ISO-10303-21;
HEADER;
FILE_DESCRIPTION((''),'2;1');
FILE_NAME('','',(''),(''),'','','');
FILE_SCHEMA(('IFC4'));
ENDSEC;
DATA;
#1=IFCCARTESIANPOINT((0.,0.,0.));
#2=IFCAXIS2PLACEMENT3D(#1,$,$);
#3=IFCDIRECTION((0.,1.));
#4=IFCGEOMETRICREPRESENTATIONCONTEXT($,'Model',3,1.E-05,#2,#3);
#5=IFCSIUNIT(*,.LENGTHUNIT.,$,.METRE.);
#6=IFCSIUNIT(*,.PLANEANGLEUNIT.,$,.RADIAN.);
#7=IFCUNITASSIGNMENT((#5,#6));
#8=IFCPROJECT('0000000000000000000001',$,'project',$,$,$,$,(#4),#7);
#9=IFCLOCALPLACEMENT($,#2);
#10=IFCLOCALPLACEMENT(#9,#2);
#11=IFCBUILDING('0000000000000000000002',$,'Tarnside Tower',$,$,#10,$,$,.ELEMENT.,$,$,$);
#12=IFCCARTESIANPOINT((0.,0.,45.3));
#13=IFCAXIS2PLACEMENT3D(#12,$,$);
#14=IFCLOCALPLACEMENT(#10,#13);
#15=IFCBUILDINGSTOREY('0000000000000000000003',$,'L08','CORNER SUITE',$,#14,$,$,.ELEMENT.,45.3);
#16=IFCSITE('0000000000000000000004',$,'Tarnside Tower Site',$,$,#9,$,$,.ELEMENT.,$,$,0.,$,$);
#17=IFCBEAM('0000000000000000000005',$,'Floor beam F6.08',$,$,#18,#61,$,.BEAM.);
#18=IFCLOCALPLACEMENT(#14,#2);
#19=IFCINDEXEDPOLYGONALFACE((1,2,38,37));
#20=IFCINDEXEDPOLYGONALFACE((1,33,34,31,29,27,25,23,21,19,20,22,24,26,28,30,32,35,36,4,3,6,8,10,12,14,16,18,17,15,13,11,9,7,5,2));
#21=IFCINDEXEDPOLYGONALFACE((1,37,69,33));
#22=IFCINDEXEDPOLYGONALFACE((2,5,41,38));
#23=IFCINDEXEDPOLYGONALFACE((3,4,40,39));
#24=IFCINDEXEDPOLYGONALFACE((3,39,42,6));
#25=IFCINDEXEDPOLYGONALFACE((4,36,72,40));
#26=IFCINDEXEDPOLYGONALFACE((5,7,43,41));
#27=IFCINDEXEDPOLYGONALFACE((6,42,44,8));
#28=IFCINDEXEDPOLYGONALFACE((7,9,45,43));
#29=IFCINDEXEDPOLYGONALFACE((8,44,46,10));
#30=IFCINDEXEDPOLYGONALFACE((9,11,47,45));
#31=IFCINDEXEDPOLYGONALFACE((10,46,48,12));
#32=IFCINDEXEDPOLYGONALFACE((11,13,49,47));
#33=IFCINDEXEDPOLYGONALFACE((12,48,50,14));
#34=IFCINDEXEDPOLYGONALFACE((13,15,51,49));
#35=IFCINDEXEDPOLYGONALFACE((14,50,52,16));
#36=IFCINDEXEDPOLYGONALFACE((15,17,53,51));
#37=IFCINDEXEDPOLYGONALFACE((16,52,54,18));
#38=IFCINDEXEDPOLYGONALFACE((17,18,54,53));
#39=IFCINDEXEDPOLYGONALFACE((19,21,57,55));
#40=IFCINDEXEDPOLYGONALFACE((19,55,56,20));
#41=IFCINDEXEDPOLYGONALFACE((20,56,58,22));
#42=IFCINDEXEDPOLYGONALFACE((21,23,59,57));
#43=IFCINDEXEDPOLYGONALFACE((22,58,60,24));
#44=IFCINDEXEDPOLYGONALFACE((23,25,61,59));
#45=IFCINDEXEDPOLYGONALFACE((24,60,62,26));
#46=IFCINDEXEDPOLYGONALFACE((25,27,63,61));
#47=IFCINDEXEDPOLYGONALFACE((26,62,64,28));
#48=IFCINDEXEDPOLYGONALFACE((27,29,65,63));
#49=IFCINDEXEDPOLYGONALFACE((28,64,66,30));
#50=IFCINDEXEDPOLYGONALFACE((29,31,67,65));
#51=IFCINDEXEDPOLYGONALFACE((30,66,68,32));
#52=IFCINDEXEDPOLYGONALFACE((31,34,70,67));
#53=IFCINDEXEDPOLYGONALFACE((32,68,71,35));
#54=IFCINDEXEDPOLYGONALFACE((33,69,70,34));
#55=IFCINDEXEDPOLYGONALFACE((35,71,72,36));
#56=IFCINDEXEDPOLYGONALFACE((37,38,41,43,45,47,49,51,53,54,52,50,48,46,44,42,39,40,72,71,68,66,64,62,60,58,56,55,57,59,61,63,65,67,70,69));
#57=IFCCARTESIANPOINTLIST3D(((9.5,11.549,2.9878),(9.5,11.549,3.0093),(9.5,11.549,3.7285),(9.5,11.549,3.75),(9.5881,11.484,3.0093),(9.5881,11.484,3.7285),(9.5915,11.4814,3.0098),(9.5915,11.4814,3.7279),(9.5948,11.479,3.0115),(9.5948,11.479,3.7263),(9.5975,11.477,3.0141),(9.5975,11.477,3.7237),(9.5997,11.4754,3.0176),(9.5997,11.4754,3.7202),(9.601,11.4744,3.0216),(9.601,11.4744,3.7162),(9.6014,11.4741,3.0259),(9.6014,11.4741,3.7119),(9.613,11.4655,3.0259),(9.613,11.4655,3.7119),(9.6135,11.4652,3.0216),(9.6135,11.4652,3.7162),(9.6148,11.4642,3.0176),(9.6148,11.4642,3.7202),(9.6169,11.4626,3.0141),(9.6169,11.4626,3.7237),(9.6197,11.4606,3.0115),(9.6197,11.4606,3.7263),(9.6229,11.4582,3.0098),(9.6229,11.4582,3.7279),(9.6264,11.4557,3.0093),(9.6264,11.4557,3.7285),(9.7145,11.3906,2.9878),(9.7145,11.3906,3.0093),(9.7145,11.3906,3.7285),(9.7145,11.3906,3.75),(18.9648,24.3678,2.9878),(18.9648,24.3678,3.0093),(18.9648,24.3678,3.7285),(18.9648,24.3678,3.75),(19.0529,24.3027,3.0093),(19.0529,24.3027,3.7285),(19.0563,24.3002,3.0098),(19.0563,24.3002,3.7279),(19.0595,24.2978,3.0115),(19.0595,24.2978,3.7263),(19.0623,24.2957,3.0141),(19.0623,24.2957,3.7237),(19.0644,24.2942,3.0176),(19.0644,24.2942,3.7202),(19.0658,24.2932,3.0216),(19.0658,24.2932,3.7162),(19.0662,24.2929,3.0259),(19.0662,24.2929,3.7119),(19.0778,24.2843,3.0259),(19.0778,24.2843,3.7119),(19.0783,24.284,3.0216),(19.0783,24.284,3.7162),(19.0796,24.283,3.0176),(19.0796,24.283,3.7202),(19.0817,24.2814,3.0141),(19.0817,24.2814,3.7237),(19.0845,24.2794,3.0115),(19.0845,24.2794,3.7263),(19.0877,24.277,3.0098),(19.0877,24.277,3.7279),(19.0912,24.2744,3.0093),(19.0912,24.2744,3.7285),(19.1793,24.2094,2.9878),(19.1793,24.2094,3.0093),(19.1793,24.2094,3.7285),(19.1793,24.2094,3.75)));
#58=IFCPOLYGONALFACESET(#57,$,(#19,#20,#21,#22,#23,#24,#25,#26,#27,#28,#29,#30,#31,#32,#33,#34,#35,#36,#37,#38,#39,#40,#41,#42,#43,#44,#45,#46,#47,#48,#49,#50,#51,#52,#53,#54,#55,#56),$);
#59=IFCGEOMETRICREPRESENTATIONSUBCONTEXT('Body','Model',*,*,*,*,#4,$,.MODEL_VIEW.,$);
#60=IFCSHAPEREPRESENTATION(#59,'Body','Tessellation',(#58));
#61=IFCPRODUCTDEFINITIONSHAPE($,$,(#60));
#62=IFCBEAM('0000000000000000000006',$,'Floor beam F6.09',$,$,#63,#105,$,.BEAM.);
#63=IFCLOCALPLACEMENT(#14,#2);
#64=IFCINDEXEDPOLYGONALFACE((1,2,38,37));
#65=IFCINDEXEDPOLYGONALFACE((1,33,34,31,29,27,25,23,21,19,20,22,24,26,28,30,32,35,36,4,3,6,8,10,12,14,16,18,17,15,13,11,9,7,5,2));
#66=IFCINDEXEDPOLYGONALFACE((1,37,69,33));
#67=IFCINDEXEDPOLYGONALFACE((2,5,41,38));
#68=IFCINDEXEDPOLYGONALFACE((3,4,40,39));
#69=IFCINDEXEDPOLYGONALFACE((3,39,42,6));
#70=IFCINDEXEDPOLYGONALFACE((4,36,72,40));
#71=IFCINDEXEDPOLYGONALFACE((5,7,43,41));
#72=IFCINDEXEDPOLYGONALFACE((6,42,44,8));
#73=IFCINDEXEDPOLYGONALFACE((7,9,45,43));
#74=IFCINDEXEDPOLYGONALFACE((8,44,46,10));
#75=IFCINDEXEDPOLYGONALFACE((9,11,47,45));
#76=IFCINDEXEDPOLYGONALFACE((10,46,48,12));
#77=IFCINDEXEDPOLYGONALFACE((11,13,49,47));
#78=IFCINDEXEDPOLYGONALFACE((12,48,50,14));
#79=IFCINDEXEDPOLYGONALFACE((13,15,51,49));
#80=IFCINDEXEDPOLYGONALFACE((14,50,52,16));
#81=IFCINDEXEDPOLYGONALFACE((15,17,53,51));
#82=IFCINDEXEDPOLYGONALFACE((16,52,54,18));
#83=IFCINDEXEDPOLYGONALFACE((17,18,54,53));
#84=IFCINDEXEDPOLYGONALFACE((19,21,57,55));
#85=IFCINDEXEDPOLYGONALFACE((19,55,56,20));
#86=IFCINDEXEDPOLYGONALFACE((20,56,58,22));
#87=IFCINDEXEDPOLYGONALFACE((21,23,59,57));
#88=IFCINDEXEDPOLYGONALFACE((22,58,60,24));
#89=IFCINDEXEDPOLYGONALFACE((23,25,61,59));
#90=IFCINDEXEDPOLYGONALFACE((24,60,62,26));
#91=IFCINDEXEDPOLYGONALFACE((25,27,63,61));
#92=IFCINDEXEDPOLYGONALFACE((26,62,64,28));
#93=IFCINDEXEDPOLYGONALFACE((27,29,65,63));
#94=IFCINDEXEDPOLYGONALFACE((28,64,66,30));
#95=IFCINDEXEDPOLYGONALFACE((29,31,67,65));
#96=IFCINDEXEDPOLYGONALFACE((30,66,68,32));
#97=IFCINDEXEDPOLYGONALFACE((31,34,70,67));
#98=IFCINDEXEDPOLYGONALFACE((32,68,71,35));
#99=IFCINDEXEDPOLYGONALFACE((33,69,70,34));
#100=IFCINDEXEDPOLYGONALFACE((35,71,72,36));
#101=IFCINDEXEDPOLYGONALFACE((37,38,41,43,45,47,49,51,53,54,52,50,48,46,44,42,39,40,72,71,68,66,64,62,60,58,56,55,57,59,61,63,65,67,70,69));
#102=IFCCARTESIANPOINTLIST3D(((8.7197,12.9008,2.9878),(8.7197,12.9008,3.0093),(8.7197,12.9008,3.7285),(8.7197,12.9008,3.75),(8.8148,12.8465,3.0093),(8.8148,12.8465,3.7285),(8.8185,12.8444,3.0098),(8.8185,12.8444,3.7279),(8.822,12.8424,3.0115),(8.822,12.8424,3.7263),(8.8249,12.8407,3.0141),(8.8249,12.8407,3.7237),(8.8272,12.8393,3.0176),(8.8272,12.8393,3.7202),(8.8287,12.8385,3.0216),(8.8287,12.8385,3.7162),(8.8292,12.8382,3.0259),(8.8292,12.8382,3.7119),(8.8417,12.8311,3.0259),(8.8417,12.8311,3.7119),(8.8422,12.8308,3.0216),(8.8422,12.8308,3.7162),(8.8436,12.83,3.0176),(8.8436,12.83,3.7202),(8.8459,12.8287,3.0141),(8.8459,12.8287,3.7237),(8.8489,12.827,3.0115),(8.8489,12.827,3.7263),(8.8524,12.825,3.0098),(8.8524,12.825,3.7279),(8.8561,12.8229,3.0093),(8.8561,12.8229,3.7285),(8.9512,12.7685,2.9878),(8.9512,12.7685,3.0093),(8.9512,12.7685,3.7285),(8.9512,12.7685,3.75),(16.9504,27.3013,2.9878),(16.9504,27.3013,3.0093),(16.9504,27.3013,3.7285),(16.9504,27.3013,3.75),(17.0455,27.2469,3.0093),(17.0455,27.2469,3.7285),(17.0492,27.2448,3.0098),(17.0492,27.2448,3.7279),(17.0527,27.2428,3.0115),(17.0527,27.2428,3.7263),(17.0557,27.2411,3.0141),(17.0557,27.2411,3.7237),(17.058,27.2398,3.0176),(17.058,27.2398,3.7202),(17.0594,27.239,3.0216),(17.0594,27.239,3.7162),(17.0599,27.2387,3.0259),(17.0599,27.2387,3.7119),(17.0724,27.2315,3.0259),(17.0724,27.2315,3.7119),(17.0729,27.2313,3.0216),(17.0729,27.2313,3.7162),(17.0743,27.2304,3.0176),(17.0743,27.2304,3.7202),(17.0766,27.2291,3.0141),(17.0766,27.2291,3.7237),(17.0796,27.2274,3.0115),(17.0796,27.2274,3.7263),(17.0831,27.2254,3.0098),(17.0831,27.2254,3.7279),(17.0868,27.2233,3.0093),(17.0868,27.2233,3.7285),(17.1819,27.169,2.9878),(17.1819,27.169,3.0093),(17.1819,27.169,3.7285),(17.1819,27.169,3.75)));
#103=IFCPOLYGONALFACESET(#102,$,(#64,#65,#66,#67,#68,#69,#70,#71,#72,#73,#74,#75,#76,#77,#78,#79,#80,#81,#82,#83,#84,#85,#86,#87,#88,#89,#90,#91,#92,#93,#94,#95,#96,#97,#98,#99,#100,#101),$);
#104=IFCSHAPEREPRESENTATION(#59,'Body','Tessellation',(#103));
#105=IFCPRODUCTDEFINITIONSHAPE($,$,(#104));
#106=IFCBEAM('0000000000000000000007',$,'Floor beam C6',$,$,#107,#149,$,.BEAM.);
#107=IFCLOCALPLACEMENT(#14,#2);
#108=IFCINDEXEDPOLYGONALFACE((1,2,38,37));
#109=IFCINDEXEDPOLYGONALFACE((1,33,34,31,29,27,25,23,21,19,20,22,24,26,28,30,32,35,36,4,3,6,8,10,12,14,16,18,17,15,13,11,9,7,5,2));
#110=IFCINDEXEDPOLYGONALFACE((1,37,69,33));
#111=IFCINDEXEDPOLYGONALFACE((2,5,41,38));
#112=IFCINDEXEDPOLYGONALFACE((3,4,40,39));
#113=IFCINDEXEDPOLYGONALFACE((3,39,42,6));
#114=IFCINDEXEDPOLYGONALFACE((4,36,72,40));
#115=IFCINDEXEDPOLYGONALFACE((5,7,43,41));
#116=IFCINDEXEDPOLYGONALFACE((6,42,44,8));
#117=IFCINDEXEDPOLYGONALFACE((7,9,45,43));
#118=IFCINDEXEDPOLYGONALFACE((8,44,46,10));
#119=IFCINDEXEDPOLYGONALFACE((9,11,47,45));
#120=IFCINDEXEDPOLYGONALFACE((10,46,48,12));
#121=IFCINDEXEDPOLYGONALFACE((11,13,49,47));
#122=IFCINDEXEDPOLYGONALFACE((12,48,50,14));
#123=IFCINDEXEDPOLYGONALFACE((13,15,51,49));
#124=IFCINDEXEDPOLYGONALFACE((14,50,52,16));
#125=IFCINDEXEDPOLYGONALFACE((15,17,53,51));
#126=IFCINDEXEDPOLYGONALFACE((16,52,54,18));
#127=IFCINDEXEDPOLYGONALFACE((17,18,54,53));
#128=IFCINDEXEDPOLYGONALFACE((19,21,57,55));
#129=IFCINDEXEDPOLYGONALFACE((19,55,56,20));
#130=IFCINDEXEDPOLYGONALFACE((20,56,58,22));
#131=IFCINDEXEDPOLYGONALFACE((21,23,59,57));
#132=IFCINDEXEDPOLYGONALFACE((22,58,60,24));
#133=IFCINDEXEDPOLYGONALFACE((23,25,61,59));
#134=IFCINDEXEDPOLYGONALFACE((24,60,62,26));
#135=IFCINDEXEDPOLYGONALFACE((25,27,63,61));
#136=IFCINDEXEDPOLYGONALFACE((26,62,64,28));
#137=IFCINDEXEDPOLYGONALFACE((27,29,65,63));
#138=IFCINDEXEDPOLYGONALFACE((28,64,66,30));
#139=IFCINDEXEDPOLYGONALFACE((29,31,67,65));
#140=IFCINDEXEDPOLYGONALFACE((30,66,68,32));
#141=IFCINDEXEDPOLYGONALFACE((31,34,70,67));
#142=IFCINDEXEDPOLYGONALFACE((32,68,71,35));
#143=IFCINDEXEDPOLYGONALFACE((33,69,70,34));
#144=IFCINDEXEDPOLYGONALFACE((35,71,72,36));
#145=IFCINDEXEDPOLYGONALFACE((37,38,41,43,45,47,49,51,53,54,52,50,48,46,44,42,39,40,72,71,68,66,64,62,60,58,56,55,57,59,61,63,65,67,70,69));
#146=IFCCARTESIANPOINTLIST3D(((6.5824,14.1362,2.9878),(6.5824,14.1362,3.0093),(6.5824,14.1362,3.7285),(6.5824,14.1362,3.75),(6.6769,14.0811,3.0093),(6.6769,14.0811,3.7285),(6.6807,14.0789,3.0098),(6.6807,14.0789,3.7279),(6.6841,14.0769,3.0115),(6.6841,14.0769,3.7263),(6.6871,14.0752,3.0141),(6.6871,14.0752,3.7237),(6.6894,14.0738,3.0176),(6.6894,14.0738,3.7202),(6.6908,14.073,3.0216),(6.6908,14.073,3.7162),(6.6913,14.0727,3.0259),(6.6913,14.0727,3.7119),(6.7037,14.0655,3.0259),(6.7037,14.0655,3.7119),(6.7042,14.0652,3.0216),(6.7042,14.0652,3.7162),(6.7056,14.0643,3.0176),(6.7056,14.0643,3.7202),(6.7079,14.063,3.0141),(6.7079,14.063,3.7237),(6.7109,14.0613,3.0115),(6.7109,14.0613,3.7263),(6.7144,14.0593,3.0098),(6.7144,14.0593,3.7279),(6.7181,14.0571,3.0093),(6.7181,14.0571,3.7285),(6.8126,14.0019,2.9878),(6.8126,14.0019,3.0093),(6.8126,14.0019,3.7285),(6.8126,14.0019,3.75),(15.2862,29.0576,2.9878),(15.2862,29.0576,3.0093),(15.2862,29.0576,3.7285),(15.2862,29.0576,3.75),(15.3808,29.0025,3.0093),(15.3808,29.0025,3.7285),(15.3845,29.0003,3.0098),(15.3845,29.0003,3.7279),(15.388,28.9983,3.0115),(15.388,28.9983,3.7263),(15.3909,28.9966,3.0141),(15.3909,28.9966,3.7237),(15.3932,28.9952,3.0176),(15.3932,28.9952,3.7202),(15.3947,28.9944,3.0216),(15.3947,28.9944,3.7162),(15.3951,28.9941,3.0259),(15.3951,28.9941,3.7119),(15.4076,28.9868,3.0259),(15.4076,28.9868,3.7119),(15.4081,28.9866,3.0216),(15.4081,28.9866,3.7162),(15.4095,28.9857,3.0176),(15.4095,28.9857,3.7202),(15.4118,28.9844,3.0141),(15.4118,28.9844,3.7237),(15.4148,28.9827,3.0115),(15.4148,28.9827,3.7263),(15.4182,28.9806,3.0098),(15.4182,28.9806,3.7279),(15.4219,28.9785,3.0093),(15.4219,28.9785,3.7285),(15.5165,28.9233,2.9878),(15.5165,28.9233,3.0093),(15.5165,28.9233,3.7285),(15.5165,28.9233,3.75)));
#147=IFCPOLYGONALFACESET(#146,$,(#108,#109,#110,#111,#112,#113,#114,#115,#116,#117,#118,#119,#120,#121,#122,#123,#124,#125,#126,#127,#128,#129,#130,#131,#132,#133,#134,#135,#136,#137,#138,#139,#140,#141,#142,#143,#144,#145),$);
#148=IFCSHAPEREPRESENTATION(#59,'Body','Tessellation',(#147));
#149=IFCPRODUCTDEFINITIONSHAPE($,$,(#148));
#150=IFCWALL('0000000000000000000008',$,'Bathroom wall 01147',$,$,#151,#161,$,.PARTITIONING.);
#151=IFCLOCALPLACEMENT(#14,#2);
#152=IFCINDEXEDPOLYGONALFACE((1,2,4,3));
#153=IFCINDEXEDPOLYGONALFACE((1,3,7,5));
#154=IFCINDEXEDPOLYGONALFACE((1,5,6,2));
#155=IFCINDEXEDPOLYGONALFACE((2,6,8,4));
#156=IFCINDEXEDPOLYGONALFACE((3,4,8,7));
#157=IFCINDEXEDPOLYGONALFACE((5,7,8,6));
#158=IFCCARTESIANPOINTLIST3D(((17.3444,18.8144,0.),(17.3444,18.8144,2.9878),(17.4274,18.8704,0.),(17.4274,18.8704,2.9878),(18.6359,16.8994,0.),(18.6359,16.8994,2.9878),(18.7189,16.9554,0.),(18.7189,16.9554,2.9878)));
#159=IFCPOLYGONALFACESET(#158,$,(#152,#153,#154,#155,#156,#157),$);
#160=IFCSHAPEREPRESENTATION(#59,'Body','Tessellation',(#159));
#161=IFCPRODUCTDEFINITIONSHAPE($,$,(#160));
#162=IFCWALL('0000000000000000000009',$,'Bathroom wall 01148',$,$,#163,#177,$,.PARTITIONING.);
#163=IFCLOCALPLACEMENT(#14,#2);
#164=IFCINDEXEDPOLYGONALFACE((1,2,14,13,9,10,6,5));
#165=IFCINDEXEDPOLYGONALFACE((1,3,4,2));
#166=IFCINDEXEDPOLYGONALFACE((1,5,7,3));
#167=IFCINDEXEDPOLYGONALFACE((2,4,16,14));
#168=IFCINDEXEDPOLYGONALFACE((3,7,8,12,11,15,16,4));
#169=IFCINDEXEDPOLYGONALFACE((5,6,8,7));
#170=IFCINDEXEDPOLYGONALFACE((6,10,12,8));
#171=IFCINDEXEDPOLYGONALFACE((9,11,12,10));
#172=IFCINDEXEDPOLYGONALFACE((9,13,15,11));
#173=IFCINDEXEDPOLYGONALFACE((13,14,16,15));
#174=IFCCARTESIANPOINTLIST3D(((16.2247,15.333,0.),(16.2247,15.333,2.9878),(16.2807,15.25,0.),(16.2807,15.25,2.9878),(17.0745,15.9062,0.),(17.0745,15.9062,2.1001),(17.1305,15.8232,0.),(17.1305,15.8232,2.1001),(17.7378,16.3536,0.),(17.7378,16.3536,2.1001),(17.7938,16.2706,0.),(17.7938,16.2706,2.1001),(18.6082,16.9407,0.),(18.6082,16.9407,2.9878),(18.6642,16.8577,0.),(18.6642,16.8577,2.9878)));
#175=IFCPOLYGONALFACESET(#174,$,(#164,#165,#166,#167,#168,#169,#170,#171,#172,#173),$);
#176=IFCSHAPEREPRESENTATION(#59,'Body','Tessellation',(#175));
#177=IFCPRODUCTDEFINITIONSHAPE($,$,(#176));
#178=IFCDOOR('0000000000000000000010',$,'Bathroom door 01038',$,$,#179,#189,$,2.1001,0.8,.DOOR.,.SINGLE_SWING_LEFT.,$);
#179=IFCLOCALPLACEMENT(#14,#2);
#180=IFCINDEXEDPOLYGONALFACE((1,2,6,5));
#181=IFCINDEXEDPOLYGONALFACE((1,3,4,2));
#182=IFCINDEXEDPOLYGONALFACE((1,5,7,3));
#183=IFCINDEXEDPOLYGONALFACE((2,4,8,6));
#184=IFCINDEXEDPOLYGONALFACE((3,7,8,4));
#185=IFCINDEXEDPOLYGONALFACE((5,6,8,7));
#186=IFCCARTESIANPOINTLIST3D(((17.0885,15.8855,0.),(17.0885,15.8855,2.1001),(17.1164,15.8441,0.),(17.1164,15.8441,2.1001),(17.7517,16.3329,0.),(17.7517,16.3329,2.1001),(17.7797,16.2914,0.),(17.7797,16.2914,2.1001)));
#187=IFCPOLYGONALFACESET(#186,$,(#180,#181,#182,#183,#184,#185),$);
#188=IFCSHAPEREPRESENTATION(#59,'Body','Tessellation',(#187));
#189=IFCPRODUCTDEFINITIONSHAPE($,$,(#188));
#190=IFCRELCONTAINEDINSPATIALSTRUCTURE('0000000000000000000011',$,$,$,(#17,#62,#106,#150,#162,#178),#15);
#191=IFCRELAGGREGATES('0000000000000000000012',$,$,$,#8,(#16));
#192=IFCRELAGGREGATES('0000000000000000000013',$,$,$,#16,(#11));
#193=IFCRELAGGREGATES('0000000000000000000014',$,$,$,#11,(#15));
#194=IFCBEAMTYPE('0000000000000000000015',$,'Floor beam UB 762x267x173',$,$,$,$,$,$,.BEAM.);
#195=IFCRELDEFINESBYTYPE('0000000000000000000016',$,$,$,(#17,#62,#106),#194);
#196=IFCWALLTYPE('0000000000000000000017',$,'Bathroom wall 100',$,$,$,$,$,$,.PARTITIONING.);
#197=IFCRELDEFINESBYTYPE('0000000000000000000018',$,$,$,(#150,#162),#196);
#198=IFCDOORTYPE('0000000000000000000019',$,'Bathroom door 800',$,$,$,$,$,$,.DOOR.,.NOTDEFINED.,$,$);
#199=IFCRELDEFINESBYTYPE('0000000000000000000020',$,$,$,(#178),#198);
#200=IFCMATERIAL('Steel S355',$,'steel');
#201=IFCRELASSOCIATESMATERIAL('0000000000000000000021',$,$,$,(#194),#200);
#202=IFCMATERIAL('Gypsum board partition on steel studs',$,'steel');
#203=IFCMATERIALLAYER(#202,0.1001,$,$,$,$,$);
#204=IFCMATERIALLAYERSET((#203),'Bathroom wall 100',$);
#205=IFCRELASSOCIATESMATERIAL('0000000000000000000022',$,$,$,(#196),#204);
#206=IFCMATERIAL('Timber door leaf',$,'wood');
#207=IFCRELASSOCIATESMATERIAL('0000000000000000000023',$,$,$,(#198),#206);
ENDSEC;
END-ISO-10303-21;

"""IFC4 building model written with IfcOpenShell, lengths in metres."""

from ifc_helpers import new_model, si_unit, direction, frame, frame_2d, origin, origin_2d, place, context, subcontext, project, spatial, rectangle, i_section, extrude, material, layer, layer_set, material_profile, profile_set, type_object, element, fill, save


model = new_model("IFC4")

# Units and contexts
model_context = context("Model", 3, precision=1e-05, world=origin(), true_north=direction((0.0, 1.0)))
body_context = subcontext(model_context, "Body", "Model", "MODEL_VIEW")
ifc_project = project(units=[si_unit("LENGTHUNIT", "METRE"), si_unit("PLANEANGLEUNIT", "RADIAN")], contexts=[model_context])

# Site, building, storey
site_placement = place(None, origin())
site = spatial("IfcSite", under=ifc_project, at=site_placement, Name="Tarnside Tower Site", CompositionType="ELEMENT", RefElevation=0.0)
building_placement = place(site_placement, origin())
building = spatial("IfcBuilding", under=site, at=building_placement, Name="Tarnside Tower", CompositionType="ELEMENT")
storey_placement = place(building_placement, frame((0.0, 0.0, 45.3)))
storey = spatial("IfcBuildingStorey", under=building, at=storey_placement, Name="L08", Description="CORNER SUITE", CompositionType="ELEMENT", Elevation=45.3)

# Beams
ifc_material_1 = material(Name="Steel S355", Category="steel")
ifc_material_profile_1 = material_profile(ifc_material_1, i_section(OverallWidth=0.2666, OverallDepth=0.7622, WebThickness=0.0144, FlangeThickness=0.0215, FilletRadius=0.0166, at=origin_2d()), Name="UB 762x267x173")
ifc_profile_set_1 = profile_set([ifc_material_profile_1], Name="Steel S355")
beam_type_1 = type_object("IfcBeamType", Name="Floor beam UB 762x267x173", PredefinedType="BEAM", material=ifc_profile_set_1)
beam_1_placement = place(storey_placement, frame((19.072, 24.2886, 3.3689), z_axis=(-0.593987, -0.804475, 0.0), x_axis=(0.804475, -0.593987, 0.0)))
element("IfcBeam", 1, at=beam_1_placement, inside=storey, type_object=beam_type_1, Name="Floor beam F6.08", PredefinedType="BEAM", context=body_context, shape_type="SweptSolid", body=[
    extrude(i_section(OverallWidth=0.2666, OverallDepth=0.7622, WebThickness=0.0144, FlangeThickness=0.0215, FilletRadius=0.0166, at=origin_2d()), origin(), (0.0, 0.0, 1.0), 15.9343),
])
beam_2_placement = place(storey_placement, frame((17.0662, 27.2351, 3.3689), z_axis=(-0.496226, -0.868193, 0.0), x_axis=(0.868193, -0.496226, 0.0)))
element("IfcBeam", 2, at=beam_2_placement, inside=storey, type_object=beam_type_1, Name="Floor beam F6.09", PredefinedType="BEAM", context=body_context, shape_type="SweptSolid", body=[
    extrude(i_section(OverallWidth=0.2666, OverallDepth=0.7622, WebThickness=0.0144, FlangeThickness=0.0215, FilletRadius=0.0166, at=origin_2d()), origin(), (0.0, 0.0, 1.0), 16.5867),
])
beam_3_placement = place(storey_placement, frame((15.4014, 28.9905, 3.3689), z_axis=(-0.503859, -0.863786, 0.0), x_axis=(0.863786, -0.503859, 0.0)))
element("IfcBeam", 3, at=beam_3_placement, inside=storey, type_object=beam_type_1, Name="Floor beam C6", PredefinedType="BEAM", context=body_context, shape_type="SweptSolid", body=[
    extrude(i_section(OverallWidth=0.2666, OverallDepth=0.7622, WebThickness=0.0144, FlangeThickness=0.0215, FilletRadius=0.0166, at=origin_2d()), origin(), (0.0, 0.0, 1.0), 17.2744),
])

# Wall
ifc_material_2 = material(Name="Gypsum board partition on steel studs", Category="steel")
ifc_layer_1 = layer(ifc_material_2, 0.1001)
ifc_layer_set_1 = layer_set([ifc_layer_1], Name="Bathroom wall 100")
wall_type_1 = type_object("IfcWallType", Name="Bathroom wall 100", PredefinedType="PARTITIONING", material=ifc_layer_set_1)
wall_1_placement = place(storey_placement, frame((17.386, 18.8423, 0.0), z_axis=(0.0, 0.0, 1.0), x_axis=(0.559132, -0.829079, 0.0)))
element("IfcWall", 4, at=wall_1_placement, inside=storey, type_object=wall_type_1, Name="Bathroom wall 01147", PredefinedType="PARTITIONING", context=body_context, shape_type="SweptSolid", body=[
    extrude(rectangle(XDim=2.3098, YDim=0.1001, at=frame_2d((1.1548, 0.0))), origin(), (0.0, 0.0, 1.0), 2.9878),
])

# Wall, opening, door
wall_2_placement = place(storey_placement, frame((18.6362, 16.8992, 0.0), z_axis=(0.0, 0.0, 1.0), x_axis=(-0.829046, -0.55918, 0.0)))
wall_2 = element("IfcWall", 5, at=wall_2_placement, inside=storey, type_object=wall_type_1, Name="Bathroom wall 01148", PredefinedType="PARTITIONING", context=body_context, shape_type="SweptSolid", body=[
    extrude(rectangle(XDim=2.875, YDim=0.1001, at=frame_2d((1.4375, 0.0))), origin(), (0.0, 0.0, 1.0), 2.9878),
])
opening_1_placement = place(wall_2_placement, frame((1.05, 0.0, 0.0)))
opening_1 = element("IfcOpeningElement", 6, at=opening_1_placement, cuts=wall_2, PredefinedType="OPENING", context=body_context, shape_type="SweptSolid", body=[
    extrude(rectangle(XDim=0.8, YDim=2.1001, at=frame_2d((0.3999, 1.05))), frame((0.0, 0.0601, 0.0), z_axis=(0.0, -1.0, 0.0), x_axis=(1.0, 0.0, 0.0)), (0.0, 0.0, 1.0), 0.1201),
])
ifc_material_3 = material(Name="Timber door leaf", Category="wood")
door_type_1 = type_object("IfcDoorType", Name="Bathroom door 800", OperationType="NOTDEFINED", PredefinedType="DOOR", material=ifc_material_3)
door_1_placement = place(opening_1_placement, origin())
door_1 = element("IfcDoor", 7, at=door_1_placement, inside=storey, type_object=door_type_1, Name="Bathroom door 01038", OperationType="SINGLE_SWING_LEFT", OverallHeight=2.1001, OverallWidth=0.8, PredefinedType="DOOR", context=body_context, shape_type="SweptSolid", body=[
    extrude(rectangle(XDim=0.8, YDim=2.1001, at=frame_2d((0.3999, 1.05))), frame((0.0, 0.0249, 0.0), z_axis=(0.0, -1.0, 0.0), x_axis=(1.0, 0.0, 0.0)), (0.0, 0.0, 1.0), 0.05),
])
fill(opening_1, door_1)

save(model, "model.ifc")
